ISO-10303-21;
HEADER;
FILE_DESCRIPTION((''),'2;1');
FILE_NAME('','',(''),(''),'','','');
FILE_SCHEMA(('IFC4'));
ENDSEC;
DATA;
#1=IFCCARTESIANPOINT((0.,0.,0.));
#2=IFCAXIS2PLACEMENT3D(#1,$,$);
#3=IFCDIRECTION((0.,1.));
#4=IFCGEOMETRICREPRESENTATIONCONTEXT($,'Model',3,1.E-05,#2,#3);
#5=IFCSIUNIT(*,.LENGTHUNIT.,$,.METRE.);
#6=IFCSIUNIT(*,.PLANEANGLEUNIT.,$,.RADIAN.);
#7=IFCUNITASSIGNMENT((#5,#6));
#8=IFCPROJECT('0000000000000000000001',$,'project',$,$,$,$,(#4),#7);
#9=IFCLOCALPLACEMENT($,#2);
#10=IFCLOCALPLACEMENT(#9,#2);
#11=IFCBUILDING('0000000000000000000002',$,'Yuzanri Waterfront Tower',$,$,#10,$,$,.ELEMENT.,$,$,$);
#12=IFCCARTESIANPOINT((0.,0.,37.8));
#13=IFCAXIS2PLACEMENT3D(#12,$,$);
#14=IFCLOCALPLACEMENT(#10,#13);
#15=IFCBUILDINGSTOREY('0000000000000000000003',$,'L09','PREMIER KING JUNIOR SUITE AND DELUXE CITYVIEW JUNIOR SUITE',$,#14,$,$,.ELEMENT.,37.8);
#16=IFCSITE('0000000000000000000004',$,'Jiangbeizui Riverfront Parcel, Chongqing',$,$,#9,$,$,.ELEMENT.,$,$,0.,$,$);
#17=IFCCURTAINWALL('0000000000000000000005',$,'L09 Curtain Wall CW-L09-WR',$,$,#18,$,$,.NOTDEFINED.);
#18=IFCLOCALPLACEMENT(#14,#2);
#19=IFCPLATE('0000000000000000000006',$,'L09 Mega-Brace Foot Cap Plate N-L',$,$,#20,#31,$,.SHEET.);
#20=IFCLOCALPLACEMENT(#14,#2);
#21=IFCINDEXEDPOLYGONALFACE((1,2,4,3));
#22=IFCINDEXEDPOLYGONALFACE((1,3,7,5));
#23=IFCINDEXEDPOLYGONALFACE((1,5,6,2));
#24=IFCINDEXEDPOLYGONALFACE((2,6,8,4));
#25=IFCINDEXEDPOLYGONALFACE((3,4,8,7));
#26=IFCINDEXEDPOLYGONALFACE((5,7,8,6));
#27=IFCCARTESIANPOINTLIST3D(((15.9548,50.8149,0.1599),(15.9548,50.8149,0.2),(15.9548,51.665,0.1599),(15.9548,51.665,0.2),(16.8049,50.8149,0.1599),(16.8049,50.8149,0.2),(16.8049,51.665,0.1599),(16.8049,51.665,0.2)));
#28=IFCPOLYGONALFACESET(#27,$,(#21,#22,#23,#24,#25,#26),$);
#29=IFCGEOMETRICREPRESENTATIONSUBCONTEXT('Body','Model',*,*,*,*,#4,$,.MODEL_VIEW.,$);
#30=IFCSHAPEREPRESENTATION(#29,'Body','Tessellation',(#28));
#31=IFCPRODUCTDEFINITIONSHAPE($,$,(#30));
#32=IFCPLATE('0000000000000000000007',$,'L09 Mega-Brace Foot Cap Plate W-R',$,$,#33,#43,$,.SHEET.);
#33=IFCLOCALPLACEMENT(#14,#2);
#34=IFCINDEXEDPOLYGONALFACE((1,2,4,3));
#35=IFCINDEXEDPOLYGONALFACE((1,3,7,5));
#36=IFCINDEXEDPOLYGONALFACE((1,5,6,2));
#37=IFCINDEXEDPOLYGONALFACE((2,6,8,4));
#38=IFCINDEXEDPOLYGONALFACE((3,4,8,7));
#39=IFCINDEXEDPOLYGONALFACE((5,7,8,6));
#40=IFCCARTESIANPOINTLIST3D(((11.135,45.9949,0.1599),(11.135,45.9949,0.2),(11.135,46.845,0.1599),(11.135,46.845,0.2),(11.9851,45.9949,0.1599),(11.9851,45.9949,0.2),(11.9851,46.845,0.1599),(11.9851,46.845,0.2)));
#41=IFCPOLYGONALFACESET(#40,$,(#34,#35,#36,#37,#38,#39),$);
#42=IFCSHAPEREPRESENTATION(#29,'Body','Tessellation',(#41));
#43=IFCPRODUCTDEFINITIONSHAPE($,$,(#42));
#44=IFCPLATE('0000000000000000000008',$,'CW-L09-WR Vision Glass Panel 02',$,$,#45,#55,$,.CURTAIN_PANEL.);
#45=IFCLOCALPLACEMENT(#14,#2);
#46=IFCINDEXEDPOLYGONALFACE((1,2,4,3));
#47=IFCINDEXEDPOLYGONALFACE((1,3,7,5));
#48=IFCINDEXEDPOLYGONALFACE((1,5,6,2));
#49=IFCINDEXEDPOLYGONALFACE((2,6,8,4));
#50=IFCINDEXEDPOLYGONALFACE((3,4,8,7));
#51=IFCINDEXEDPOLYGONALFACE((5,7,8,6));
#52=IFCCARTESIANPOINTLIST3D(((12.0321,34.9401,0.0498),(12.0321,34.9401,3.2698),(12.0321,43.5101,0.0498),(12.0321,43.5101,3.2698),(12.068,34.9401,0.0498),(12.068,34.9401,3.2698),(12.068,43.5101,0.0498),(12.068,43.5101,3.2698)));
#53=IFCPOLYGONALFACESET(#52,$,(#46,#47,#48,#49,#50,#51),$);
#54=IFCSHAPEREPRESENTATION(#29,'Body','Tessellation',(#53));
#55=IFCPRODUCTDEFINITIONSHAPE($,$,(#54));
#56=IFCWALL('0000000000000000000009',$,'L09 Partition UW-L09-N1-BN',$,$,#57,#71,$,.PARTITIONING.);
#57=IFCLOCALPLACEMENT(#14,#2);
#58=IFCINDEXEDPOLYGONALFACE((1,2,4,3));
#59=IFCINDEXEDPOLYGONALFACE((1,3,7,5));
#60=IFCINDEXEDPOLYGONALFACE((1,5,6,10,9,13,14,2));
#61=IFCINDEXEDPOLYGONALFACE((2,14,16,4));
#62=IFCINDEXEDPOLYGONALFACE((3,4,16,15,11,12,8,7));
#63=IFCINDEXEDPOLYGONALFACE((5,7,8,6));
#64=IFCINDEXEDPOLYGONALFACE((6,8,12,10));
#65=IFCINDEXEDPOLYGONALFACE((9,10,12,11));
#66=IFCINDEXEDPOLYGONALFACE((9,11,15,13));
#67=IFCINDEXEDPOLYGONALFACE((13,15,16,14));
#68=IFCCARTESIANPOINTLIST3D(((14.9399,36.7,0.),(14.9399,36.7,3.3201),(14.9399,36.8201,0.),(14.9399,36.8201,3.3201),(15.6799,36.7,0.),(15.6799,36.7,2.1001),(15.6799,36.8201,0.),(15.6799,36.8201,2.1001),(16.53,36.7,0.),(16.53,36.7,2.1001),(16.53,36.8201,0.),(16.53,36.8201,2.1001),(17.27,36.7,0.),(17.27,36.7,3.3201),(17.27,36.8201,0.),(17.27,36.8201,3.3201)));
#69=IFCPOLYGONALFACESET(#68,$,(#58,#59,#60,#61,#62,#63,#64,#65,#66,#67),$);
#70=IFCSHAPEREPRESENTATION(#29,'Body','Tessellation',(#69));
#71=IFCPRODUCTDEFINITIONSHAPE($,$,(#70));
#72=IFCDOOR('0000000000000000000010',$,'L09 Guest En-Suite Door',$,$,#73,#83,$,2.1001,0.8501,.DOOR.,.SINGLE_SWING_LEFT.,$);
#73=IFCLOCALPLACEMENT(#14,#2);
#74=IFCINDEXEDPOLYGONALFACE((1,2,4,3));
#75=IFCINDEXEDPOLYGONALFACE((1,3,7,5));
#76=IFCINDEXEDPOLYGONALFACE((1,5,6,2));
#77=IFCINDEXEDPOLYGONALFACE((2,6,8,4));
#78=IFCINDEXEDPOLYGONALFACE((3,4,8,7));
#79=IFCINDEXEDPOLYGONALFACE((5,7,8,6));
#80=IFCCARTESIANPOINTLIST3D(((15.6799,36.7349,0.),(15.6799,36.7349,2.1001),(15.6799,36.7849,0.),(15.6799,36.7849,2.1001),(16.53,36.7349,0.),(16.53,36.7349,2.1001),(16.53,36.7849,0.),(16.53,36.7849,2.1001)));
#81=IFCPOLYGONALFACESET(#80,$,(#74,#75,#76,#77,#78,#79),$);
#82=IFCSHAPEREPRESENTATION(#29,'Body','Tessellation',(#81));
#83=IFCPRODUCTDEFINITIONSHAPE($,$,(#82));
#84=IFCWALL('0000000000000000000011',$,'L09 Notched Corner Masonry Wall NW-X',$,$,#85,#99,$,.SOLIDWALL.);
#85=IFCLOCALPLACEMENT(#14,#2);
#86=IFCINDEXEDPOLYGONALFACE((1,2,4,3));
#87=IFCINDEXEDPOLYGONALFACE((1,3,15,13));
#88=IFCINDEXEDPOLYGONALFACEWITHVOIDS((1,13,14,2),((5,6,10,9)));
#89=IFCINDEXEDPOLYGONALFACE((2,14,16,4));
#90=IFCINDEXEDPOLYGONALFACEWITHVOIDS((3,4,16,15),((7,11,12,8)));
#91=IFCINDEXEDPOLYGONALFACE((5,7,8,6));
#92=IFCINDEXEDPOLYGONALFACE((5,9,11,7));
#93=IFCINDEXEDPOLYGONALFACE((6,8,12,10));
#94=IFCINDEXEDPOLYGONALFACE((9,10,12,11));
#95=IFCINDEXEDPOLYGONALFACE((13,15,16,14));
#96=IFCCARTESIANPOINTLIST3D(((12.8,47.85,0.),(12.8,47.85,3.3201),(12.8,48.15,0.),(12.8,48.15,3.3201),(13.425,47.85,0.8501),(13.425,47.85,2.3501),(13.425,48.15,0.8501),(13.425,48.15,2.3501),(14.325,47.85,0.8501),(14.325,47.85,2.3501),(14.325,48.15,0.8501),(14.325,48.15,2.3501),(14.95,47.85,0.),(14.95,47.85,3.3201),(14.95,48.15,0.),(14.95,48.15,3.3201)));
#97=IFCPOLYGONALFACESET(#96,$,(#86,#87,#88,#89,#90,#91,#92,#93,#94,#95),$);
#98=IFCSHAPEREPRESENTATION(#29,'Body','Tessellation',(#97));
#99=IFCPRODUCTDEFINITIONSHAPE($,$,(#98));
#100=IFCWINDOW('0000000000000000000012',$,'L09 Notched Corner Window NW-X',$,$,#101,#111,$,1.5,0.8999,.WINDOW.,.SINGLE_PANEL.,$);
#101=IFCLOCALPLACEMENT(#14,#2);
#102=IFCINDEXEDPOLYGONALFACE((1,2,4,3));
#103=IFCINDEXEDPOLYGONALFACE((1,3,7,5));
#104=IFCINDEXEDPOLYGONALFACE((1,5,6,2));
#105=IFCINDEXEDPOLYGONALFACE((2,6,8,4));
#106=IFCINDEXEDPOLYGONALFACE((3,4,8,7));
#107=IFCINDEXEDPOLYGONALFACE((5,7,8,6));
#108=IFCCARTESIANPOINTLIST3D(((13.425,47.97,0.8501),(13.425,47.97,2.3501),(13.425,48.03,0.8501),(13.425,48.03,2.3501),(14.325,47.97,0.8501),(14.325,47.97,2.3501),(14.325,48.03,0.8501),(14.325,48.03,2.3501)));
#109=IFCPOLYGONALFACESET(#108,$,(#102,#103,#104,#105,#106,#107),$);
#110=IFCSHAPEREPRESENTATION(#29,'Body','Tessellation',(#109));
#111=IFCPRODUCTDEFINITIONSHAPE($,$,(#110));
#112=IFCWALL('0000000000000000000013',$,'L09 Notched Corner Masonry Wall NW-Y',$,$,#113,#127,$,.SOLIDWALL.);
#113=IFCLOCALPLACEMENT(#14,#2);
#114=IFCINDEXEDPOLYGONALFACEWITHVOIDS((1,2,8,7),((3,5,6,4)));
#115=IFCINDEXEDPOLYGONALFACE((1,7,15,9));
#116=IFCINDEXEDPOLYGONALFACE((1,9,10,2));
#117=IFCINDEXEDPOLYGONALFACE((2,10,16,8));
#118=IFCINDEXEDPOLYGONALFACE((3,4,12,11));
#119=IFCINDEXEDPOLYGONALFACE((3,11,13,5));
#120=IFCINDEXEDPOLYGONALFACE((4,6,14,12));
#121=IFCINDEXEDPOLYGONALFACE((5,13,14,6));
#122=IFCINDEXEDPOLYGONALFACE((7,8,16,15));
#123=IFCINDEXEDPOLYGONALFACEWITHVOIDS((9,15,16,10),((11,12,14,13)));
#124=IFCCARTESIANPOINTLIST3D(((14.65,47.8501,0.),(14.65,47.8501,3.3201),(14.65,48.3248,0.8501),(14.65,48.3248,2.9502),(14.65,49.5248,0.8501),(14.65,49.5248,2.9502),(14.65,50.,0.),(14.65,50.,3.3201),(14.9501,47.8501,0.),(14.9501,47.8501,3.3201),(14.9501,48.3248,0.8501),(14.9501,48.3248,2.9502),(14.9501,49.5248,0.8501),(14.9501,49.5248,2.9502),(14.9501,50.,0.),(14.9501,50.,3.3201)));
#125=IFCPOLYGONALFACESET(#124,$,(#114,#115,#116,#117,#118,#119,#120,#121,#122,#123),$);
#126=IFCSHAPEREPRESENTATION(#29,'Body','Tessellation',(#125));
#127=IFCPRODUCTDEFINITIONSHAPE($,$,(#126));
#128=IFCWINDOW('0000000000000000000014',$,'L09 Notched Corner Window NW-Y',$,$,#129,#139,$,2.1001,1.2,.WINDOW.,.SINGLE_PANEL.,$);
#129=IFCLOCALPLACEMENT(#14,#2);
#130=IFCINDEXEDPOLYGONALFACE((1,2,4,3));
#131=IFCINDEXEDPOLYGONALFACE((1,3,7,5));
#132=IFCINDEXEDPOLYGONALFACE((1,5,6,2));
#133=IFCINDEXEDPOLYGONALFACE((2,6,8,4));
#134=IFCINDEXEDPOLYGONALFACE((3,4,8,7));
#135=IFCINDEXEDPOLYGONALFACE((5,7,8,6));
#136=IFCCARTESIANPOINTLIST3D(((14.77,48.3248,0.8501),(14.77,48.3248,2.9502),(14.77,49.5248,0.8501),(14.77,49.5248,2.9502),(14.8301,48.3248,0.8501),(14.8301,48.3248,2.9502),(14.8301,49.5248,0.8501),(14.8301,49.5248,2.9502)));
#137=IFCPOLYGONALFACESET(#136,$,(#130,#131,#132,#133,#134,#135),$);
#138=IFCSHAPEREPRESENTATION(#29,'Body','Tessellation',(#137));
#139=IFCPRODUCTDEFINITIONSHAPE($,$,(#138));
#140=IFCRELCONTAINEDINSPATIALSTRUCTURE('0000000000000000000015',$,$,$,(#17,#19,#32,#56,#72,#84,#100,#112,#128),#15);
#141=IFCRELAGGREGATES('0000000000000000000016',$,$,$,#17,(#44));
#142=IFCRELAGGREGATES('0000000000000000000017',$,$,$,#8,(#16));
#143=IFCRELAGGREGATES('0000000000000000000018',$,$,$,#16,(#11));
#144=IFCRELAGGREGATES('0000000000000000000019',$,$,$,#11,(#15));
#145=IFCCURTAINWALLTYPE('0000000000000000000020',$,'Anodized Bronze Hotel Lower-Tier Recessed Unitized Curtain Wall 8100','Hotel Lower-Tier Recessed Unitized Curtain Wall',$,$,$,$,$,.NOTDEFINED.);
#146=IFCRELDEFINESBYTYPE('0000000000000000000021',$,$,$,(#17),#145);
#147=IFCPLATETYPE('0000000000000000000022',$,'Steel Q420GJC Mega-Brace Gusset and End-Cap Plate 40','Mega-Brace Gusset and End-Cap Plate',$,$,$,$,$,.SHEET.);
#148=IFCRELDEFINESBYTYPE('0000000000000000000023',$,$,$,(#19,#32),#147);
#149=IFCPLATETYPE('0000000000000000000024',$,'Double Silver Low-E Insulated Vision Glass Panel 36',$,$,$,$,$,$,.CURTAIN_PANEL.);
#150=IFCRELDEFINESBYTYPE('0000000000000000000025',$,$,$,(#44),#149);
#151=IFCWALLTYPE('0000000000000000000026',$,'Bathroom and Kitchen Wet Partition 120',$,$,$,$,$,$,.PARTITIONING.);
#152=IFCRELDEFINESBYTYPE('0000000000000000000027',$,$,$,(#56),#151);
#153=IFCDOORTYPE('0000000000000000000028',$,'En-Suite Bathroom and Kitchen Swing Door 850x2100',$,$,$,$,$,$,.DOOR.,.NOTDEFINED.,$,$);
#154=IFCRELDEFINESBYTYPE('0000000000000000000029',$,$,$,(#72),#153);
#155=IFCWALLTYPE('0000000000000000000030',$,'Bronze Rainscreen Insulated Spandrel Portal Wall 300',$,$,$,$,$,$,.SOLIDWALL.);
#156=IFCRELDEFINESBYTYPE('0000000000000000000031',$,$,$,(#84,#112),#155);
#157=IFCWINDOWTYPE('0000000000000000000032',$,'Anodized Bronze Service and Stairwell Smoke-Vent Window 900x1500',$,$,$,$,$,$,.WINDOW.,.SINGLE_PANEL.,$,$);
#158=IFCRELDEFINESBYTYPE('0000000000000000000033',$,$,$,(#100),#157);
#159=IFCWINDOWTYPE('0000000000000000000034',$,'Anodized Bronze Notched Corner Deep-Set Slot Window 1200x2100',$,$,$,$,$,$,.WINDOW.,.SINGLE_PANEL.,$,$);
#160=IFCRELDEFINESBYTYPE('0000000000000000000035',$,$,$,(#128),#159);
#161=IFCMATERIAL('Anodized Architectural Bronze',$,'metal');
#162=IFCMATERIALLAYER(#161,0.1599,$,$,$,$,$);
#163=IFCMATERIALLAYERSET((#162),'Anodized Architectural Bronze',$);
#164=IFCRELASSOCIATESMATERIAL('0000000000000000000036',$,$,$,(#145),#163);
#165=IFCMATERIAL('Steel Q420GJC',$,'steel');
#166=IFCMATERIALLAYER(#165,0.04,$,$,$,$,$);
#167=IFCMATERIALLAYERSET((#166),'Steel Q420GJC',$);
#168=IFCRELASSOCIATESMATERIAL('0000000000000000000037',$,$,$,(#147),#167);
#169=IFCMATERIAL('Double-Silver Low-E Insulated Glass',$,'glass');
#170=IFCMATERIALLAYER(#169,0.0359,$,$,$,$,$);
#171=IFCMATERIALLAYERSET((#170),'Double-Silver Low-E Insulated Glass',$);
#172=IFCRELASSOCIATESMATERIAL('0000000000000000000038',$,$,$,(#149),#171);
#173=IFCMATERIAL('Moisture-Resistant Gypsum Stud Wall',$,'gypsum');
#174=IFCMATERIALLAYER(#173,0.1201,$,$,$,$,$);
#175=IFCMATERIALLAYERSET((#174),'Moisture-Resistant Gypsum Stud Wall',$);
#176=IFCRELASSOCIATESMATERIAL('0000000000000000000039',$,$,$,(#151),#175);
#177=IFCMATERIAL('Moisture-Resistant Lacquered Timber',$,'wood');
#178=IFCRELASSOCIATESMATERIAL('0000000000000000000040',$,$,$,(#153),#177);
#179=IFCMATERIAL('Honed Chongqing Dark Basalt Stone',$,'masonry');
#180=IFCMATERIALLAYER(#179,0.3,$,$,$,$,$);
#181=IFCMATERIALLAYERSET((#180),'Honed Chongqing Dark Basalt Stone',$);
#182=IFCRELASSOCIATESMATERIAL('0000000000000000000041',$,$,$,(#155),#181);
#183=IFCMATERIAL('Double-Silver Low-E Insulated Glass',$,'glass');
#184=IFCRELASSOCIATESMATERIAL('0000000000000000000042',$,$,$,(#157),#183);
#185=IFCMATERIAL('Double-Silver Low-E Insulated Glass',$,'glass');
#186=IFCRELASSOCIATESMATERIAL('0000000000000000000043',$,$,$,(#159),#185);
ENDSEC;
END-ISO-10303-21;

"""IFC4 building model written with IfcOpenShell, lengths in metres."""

from ifc_helpers import new_model, si_unit, direction, frame, frame_2d, origin, origin_2d, place, context, subcontext, project, spatial, rectangle, extrude, source, transform, mapped, material, layer, layer_set, type_object, element, fill, aggregate, save


model = new_model("IFC4")

# Units and contexts
model_context = context("Model", 3, precision=1e-05, world=origin(), true_north=direction((0.0, 1.0)))
body_context = subcontext(model_context, "Body", "Model", "MODEL_VIEW")
ifc_project = project(units=[si_unit("LENGTHUNIT", "METRE"), si_unit("PLANEANGLEUNIT", "RADIAN")], contexts=[model_context])

# Site, building, storey
site_placement = place(None, origin())
site = spatial("IfcSite", under=ifc_project, at=site_placement, Name="Jiangbeizui Riverfront Parcel, Chongqing", CompositionType="ELEMENT", RefElevation=0.0)
building_placement = place(site_placement, origin())
building = spatial("IfcBuilding", under=site, at=building_placement, Name="Yuzanri Waterfront Tower", CompositionType="ELEMENT")
storey_placement = place(building_placement, frame((0.0, 0.0, 37.8)))
storey = spatial("IfcBuildingStorey", under=building, at=storey_placement, Name="L09", Description="PREMIER KING JUNIOR SUITE AND DELUXE CITYVIEW JUNIOR SUITE", CompositionType="ELEMENT", Elevation=37.8)

# Curtain wall
ifc_material_1 = material(Name="Anodized Architectural Bronze", Category="metal")
ifc_layer_1 = layer(ifc_material_1, 0.1599)
ifc_layer_set_1 = layer_set([ifc_layer_1], Name="Anodized Architectural Bronze")
curtain_wall_type = type_object("IfcCurtainWallType", Name="Anodized Bronze Hotel Lower-Tier Recessed Unitized Curtain Wall 8100", Description="Hotel Lower-Tier Recessed Unitized Curtain Wall", PredefinedType="NOTDEFINED", material=ifc_layer_set_1)
curtain_wall_placement = place(storey_placement, origin())
curtain_wall = element("IfcCurtainWall", 1, at=curtain_wall_placement, inside=storey, type_object=curtain_wall_type, Name="L09 Curtain Wall CW-L09-WR", PredefinedType="NOTDEFINED")

# Plates
ifc_material_2 = material(Name="Steel Q420GJC", Category="steel")
ifc_layer_2 = layer(ifc_material_2, 0.04)
ifc_layer_set_2 = layer_set([ifc_layer_2], Name="Steel Q420GJC")
plate_type_1 = type_object("IfcPlateType", Name="Steel Q420GJC Mega-Brace Gusset and End-Cap Plate 40", Description="Mega-Brace Gusset and End-Cap Plate", PredefinedType="SHEET", material=ifc_layer_set_2)
shared_shape_1 = source(origin(), body_context, "Body", "SweptSolid", [
    extrude(rectangle(XDim=0.8501, YDim=0.8501, at=origin_2d()), origin(), (0.0, 0.0, 1.0), 0.04),
])
for number, where, z_axis, x_axis, name in (
    (2, (16.3799, 51.24, 0.1599), (0.0, 0.0, 1.0), (1.0, 0.0, 0.0), "L09 Mega-Brace Foot Cap Plate N-L"),
    (3, (11.5601, 46.4199, 0.1599), (0.0, 0.0, 1.0), (1.0, 0.0, 0.0), "L09 Mega-Brace Foot Cap Plate W-R"),
):
    element("IfcPlate", number, at=place(storey_placement, frame(where, z_axis=z_axis, x_axis=x_axis)), inside=storey, type_object=plate_type_1, Name=name, PredefinedType="SHEET", context=body_context, shape_type="MappedRepresentation", body=[
        mapped(shared_shape_1, transform((0.0, 0.0, 0.0), scale=1.0)),
    ])

# Plate
ifc_material_3 = material(Name="Double-Silver Low-E Insulated Glass", Category="glass")
ifc_layer_3 = layer(ifc_material_3, 0.0359)
ifc_layer_set_3 = layer_set([ifc_layer_3], Name="Double-Silver Low-E Insulated Glass")
plate_type_2 = type_object("IfcPlateType", Name="Double Silver Low-E Insulated Vision Glass Panel 36", PredefinedType="CURTAIN_PANEL", material=ifc_layer_set_3)
shared_shape_2 = source(origin(), body_context, "Body", "SweptSolid", [
    extrude(rectangle(XDim=8.5701, YDim=0.0359, at=origin_2d()), origin(), (0.0, 0.0, 1.0), 3.22),
])
plate_placement = place(storey_placement, frame((12.05, 39.2251, 0.0498), z_axis=(0.0, 0.0, 1.0), x_axis=(0.0, 1.0, 0.0)))
plate = element("IfcPlate", 4, at=plate_placement, type_object=plate_type_2, Name="CW-L09-WR Vision Glass Panel 02", PredefinedType="CURTAIN_PANEL", context=body_context, shape_type="MappedRepresentation", body=[
    mapped(shared_shape_2, transform((0.0, 0.0, 0.0), scale=1.0)),
])
aggregate(curtain_wall, [plate])

# Wall, opening, door
ifc_material_4 = material(Name="Moisture-Resistant Gypsum Stud Wall", Category="gypsum")
ifc_layer_4 = layer(ifc_material_4, 0.1201)
ifc_layer_set_4 = layer_set([ifc_layer_4], Name="Moisture-Resistant Gypsum Stud Wall")
wall_type_1 = type_object("IfcWallType", Name="Bathroom and Kitchen Wet Partition 120", PredefinedType="PARTITIONING", material=ifc_layer_set_4)
wall_1_placement = place(storey_placement, frame((14.9399, 36.76, 0.0), z_axis=(0.0, 0.0, 1.0), x_axis=(1.0, 0.0, 0.0)))
wall_1 = element("IfcWall", 5, at=wall_1_placement, inside=storey, type_object=wall_type_1, Name="L09 Partition UW-L09-N1-BN", PredefinedType="PARTITIONING", context=body_context, shape_type="SweptSolid", body=[
    extrude(rectangle(XDim=2.3301, YDim=0.1201, at=frame_2d((1.165, 0.0))), origin(), (0.0, 0.0, 1.0), 3.3201),
])
opening_1_placement = place(wall_1_placement, frame((0.74, 0.0, 0.0)))
opening_1 = element("IfcOpeningElement", 6, at=opening_1_placement, cuts=wall_1, PredefinedType="OPENING", context=body_context, shape_type="SweptSolid", body=[
    extrude(rectangle(XDim=0.8501, YDim=2.1001, at=frame_2d((0.425, 1.05))), frame((0.0, 0.075, 0.0), z_axis=(0.0, -1.0, 0.0), x_axis=(1.0, 0.0, 0.0)), (0.0, 0.0, 1.0), 0.1499),
])
ifc_material_5 = material(Name="Moisture-Resistant Lacquered Timber", Category="wood")
door_type_1 = type_object("IfcDoorType", Name="En-Suite Bathroom and Kitchen Swing Door 850x2100", OperationType="NOTDEFINED", PredefinedType="DOOR", material=ifc_material_5)
shared_shape_3 = source(origin(), body_context, "Body", "SweptSolid", [
    extrude(rectangle(XDim=0.8501, YDim=2.1001, at=frame_2d((0.425, 1.05))), frame((0.0, 0.0249, 0.0), z_axis=(0.0, -1.0, 0.0), x_axis=(1.0, 0.0, 0.0)), (0.0, 0.0, 1.0), 0.05),
])
door_1_placement = place(opening_1_placement, origin())
door_1 = element("IfcDoor", 7, at=door_1_placement, inside=storey, type_object=door_type_1, Name="L09 Guest En-Suite Door", OperationType="SINGLE_SWING_LEFT", OverallHeight=2.1001, OverallWidth=0.8501, PredefinedType="DOOR", context=body_context, shape_type="MappedRepresentation", body=[
    mapped(shared_shape_3, transform((0.0, 0.0, 0.0), scale=1.0)),
])
fill(opening_1, door_1)

# Walls, openings, windows
ifc_material_6 = material(Name="Honed Chongqing Dark Basalt Stone", Category="masonry")
ifc_layer_5 = layer(ifc_material_6, 0.3)
ifc_layer_set_5 = layer_set([ifc_layer_5], Name="Honed Chongqing Dark Basalt Stone")
wall_type_2 = type_object("IfcWallType", Name="Bronze Rainscreen Insulated Spandrel Portal Wall 300", PredefinedType="SOLIDWALL", material=ifc_layer_set_5)
wall_2_placement = place(storey_placement, frame((14.95, 48.0, 0.0), z_axis=(0.0, 0.0, 1.0), x_axis=(-1.0, 0.0, 0.0)))
wall_2 = element("IfcWall", 8, at=wall_2_placement, inside=storey, type_object=wall_type_2, Name="L09 Notched Corner Masonry Wall NW-X", PredefinedType="SOLIDWALL", context=body_context, shape_type="SweptSolid", body=[
    extrude(rectangle(XDim=2.1499, YDim=0.3, at=frame_2d((1.075, 0.0))), origin(), (0.0, 0.0, 1.0), 3.3201),
])
opening_2_placement = place(wall_2_placement, frame((0.625, 0.0, 0.8501)))
opening_2 = element("IfcOpeningElement", 9, at=opening_2_placement, cuts=wall_2, PredefinedType="OPENING", context=body_context, shape_type="SweptSolid", body=[
    extrude(rectangle(XDim=0.8999, YDim=1.5, at=frame_2d((0.45, 0.75))), frame((0.0, 0.165, 0.0), z_axis=(0.0, -1.0, 0.0), x_axis=(1.0, 0.0, 0.0)), (0.0, 0.0, 1.0), 0.3298),
])
ifc_material_7 = material(Name="Double-Silver Low-E Insulated Glass", Category="glass")
window_type_1 = type_object("IfcWindowType", Name="Anodized Bronze Service and Stairwell Smoke-Vent Window 900x1500", PartitioningType="SINGLE_PANEL", PredefinedType="WINDOW", material=ifc_material_7)
shared_shape_4 = source(origin(), body_context, "Body", "SweptSolid", [
    extrude(rectangle(XDim=0.8999, YDim=1.5, at=frame_2d((0.45, 0.75))), frame((0.0, 0.03, 0.0), z_axis=(0.0, -1.0, 0.0), x_axis=(1.0, 0.0, 0.0)), (0.0, 0.0, 1.0), 0.0601),
])
window_1_placement = place(opening_2_placement, origin())
window_1 = element("IfcWindow", 10, at=window_1_placement, inside=storey, type_object=window_type_1, Name="L09 Notched Corner Window NW-X", OverallHeight=1.5, OverallWidth=0.8999, PartitioningType="SINGLE_PANEL", PredefinedType="WINDOW", context=body_context, shape_type="MappedRepresentation", body=[
    mapped(shared_shape_4, transform((0.0, 0.0, 0.0), scale=1.0)),
])
fill(opening_2, window_1)
wall_3_placement = place(storey_placement, frame((14.8, 50.0, 0.0), z_axis=(0.0, 0.0, 1.0), x_axis=(0.0, -1.0, 0.0)))
wall_3 = element("IfcWall", 11, at=wall_3_placement, inside=storey, type_object=wall_type_2, Name="L09 Notched Corner Masonry Wall NW-Y", PredefinedType="SOLIDWALL", context=body_context, shape_type="SweptSolid", body=[
    extrude(rectangle(XDim=2.1499, YDim=0.3, at=frame_2d((1.075, 0.0))), origin(), (0.0, 0.0, 1.0), 3.3201),
])
opening_3_placement = place(wall_3_placement, frame((0.4751, 0.0, 0.8501)))
opening_3 = element("IfcOpeningElement", 12, at=opening_3_placement, cuts=wall_3, PredefinedType="OPENING", context=body_context, shape_type="SweptSolid", body=[
    extrude(rectangle(XDim=1.2, YDim=2.1001, at=frame_2d((0.6001, 1.05))), frame((0.0, 0.165, 0.0), z_axis=(0.0, -1.0, 0.0), x_axis=(1.0, 0.0, 0.0)), (0.0, 0.0, 1.0), 0.3298),
])
ifc_material_8 = material(Name="Double-Silver Low-E Insulated Glass", Category="glass")
window_type_2 = type_object("IfcWindowType", Name="Anodized Bronze Notched Corner Deep-Set Slot Window 1200x2100", PartitioningType="SINGLE_PANEL", PredefinedType="WINDOW", material=ifc_material_8)
shared_shape_5 = source(origin(), body_context, "Body", "SweptSolid", [
    extrude(rectangle(XDim=1.2, YDim=2.1001, at=frame_2d((0.6001, 1.05))), frame((0.0, 0.03, 0.0), z_axis=(0.0, -1.0, 0.0), x_axis=(1.0, 0.0, 0.0)), (0.0, 0.0, 1.0), 0.0601),
])
window_2_placement = place(opening_3_placement, origin())
window_2 = element("IfcWindow", 13, at=window_2_placement, inside=storey, type_object=window_type_2, Name="L09 Notched Corner Window NW-Y", OverallHeight=2.1001, OverallWidth=1.2, PartitioningType="SINGLE_PANEL", PredefinedType="WINDOW", context=body_context, shape_type="MappedRepresentation", body=[
    mapped(shared_shape_5, transform((0.0, 0.0, 0.0), scale=1.0)),
])
fill(opening_3, window_2)

save(model, "model.ifc")
